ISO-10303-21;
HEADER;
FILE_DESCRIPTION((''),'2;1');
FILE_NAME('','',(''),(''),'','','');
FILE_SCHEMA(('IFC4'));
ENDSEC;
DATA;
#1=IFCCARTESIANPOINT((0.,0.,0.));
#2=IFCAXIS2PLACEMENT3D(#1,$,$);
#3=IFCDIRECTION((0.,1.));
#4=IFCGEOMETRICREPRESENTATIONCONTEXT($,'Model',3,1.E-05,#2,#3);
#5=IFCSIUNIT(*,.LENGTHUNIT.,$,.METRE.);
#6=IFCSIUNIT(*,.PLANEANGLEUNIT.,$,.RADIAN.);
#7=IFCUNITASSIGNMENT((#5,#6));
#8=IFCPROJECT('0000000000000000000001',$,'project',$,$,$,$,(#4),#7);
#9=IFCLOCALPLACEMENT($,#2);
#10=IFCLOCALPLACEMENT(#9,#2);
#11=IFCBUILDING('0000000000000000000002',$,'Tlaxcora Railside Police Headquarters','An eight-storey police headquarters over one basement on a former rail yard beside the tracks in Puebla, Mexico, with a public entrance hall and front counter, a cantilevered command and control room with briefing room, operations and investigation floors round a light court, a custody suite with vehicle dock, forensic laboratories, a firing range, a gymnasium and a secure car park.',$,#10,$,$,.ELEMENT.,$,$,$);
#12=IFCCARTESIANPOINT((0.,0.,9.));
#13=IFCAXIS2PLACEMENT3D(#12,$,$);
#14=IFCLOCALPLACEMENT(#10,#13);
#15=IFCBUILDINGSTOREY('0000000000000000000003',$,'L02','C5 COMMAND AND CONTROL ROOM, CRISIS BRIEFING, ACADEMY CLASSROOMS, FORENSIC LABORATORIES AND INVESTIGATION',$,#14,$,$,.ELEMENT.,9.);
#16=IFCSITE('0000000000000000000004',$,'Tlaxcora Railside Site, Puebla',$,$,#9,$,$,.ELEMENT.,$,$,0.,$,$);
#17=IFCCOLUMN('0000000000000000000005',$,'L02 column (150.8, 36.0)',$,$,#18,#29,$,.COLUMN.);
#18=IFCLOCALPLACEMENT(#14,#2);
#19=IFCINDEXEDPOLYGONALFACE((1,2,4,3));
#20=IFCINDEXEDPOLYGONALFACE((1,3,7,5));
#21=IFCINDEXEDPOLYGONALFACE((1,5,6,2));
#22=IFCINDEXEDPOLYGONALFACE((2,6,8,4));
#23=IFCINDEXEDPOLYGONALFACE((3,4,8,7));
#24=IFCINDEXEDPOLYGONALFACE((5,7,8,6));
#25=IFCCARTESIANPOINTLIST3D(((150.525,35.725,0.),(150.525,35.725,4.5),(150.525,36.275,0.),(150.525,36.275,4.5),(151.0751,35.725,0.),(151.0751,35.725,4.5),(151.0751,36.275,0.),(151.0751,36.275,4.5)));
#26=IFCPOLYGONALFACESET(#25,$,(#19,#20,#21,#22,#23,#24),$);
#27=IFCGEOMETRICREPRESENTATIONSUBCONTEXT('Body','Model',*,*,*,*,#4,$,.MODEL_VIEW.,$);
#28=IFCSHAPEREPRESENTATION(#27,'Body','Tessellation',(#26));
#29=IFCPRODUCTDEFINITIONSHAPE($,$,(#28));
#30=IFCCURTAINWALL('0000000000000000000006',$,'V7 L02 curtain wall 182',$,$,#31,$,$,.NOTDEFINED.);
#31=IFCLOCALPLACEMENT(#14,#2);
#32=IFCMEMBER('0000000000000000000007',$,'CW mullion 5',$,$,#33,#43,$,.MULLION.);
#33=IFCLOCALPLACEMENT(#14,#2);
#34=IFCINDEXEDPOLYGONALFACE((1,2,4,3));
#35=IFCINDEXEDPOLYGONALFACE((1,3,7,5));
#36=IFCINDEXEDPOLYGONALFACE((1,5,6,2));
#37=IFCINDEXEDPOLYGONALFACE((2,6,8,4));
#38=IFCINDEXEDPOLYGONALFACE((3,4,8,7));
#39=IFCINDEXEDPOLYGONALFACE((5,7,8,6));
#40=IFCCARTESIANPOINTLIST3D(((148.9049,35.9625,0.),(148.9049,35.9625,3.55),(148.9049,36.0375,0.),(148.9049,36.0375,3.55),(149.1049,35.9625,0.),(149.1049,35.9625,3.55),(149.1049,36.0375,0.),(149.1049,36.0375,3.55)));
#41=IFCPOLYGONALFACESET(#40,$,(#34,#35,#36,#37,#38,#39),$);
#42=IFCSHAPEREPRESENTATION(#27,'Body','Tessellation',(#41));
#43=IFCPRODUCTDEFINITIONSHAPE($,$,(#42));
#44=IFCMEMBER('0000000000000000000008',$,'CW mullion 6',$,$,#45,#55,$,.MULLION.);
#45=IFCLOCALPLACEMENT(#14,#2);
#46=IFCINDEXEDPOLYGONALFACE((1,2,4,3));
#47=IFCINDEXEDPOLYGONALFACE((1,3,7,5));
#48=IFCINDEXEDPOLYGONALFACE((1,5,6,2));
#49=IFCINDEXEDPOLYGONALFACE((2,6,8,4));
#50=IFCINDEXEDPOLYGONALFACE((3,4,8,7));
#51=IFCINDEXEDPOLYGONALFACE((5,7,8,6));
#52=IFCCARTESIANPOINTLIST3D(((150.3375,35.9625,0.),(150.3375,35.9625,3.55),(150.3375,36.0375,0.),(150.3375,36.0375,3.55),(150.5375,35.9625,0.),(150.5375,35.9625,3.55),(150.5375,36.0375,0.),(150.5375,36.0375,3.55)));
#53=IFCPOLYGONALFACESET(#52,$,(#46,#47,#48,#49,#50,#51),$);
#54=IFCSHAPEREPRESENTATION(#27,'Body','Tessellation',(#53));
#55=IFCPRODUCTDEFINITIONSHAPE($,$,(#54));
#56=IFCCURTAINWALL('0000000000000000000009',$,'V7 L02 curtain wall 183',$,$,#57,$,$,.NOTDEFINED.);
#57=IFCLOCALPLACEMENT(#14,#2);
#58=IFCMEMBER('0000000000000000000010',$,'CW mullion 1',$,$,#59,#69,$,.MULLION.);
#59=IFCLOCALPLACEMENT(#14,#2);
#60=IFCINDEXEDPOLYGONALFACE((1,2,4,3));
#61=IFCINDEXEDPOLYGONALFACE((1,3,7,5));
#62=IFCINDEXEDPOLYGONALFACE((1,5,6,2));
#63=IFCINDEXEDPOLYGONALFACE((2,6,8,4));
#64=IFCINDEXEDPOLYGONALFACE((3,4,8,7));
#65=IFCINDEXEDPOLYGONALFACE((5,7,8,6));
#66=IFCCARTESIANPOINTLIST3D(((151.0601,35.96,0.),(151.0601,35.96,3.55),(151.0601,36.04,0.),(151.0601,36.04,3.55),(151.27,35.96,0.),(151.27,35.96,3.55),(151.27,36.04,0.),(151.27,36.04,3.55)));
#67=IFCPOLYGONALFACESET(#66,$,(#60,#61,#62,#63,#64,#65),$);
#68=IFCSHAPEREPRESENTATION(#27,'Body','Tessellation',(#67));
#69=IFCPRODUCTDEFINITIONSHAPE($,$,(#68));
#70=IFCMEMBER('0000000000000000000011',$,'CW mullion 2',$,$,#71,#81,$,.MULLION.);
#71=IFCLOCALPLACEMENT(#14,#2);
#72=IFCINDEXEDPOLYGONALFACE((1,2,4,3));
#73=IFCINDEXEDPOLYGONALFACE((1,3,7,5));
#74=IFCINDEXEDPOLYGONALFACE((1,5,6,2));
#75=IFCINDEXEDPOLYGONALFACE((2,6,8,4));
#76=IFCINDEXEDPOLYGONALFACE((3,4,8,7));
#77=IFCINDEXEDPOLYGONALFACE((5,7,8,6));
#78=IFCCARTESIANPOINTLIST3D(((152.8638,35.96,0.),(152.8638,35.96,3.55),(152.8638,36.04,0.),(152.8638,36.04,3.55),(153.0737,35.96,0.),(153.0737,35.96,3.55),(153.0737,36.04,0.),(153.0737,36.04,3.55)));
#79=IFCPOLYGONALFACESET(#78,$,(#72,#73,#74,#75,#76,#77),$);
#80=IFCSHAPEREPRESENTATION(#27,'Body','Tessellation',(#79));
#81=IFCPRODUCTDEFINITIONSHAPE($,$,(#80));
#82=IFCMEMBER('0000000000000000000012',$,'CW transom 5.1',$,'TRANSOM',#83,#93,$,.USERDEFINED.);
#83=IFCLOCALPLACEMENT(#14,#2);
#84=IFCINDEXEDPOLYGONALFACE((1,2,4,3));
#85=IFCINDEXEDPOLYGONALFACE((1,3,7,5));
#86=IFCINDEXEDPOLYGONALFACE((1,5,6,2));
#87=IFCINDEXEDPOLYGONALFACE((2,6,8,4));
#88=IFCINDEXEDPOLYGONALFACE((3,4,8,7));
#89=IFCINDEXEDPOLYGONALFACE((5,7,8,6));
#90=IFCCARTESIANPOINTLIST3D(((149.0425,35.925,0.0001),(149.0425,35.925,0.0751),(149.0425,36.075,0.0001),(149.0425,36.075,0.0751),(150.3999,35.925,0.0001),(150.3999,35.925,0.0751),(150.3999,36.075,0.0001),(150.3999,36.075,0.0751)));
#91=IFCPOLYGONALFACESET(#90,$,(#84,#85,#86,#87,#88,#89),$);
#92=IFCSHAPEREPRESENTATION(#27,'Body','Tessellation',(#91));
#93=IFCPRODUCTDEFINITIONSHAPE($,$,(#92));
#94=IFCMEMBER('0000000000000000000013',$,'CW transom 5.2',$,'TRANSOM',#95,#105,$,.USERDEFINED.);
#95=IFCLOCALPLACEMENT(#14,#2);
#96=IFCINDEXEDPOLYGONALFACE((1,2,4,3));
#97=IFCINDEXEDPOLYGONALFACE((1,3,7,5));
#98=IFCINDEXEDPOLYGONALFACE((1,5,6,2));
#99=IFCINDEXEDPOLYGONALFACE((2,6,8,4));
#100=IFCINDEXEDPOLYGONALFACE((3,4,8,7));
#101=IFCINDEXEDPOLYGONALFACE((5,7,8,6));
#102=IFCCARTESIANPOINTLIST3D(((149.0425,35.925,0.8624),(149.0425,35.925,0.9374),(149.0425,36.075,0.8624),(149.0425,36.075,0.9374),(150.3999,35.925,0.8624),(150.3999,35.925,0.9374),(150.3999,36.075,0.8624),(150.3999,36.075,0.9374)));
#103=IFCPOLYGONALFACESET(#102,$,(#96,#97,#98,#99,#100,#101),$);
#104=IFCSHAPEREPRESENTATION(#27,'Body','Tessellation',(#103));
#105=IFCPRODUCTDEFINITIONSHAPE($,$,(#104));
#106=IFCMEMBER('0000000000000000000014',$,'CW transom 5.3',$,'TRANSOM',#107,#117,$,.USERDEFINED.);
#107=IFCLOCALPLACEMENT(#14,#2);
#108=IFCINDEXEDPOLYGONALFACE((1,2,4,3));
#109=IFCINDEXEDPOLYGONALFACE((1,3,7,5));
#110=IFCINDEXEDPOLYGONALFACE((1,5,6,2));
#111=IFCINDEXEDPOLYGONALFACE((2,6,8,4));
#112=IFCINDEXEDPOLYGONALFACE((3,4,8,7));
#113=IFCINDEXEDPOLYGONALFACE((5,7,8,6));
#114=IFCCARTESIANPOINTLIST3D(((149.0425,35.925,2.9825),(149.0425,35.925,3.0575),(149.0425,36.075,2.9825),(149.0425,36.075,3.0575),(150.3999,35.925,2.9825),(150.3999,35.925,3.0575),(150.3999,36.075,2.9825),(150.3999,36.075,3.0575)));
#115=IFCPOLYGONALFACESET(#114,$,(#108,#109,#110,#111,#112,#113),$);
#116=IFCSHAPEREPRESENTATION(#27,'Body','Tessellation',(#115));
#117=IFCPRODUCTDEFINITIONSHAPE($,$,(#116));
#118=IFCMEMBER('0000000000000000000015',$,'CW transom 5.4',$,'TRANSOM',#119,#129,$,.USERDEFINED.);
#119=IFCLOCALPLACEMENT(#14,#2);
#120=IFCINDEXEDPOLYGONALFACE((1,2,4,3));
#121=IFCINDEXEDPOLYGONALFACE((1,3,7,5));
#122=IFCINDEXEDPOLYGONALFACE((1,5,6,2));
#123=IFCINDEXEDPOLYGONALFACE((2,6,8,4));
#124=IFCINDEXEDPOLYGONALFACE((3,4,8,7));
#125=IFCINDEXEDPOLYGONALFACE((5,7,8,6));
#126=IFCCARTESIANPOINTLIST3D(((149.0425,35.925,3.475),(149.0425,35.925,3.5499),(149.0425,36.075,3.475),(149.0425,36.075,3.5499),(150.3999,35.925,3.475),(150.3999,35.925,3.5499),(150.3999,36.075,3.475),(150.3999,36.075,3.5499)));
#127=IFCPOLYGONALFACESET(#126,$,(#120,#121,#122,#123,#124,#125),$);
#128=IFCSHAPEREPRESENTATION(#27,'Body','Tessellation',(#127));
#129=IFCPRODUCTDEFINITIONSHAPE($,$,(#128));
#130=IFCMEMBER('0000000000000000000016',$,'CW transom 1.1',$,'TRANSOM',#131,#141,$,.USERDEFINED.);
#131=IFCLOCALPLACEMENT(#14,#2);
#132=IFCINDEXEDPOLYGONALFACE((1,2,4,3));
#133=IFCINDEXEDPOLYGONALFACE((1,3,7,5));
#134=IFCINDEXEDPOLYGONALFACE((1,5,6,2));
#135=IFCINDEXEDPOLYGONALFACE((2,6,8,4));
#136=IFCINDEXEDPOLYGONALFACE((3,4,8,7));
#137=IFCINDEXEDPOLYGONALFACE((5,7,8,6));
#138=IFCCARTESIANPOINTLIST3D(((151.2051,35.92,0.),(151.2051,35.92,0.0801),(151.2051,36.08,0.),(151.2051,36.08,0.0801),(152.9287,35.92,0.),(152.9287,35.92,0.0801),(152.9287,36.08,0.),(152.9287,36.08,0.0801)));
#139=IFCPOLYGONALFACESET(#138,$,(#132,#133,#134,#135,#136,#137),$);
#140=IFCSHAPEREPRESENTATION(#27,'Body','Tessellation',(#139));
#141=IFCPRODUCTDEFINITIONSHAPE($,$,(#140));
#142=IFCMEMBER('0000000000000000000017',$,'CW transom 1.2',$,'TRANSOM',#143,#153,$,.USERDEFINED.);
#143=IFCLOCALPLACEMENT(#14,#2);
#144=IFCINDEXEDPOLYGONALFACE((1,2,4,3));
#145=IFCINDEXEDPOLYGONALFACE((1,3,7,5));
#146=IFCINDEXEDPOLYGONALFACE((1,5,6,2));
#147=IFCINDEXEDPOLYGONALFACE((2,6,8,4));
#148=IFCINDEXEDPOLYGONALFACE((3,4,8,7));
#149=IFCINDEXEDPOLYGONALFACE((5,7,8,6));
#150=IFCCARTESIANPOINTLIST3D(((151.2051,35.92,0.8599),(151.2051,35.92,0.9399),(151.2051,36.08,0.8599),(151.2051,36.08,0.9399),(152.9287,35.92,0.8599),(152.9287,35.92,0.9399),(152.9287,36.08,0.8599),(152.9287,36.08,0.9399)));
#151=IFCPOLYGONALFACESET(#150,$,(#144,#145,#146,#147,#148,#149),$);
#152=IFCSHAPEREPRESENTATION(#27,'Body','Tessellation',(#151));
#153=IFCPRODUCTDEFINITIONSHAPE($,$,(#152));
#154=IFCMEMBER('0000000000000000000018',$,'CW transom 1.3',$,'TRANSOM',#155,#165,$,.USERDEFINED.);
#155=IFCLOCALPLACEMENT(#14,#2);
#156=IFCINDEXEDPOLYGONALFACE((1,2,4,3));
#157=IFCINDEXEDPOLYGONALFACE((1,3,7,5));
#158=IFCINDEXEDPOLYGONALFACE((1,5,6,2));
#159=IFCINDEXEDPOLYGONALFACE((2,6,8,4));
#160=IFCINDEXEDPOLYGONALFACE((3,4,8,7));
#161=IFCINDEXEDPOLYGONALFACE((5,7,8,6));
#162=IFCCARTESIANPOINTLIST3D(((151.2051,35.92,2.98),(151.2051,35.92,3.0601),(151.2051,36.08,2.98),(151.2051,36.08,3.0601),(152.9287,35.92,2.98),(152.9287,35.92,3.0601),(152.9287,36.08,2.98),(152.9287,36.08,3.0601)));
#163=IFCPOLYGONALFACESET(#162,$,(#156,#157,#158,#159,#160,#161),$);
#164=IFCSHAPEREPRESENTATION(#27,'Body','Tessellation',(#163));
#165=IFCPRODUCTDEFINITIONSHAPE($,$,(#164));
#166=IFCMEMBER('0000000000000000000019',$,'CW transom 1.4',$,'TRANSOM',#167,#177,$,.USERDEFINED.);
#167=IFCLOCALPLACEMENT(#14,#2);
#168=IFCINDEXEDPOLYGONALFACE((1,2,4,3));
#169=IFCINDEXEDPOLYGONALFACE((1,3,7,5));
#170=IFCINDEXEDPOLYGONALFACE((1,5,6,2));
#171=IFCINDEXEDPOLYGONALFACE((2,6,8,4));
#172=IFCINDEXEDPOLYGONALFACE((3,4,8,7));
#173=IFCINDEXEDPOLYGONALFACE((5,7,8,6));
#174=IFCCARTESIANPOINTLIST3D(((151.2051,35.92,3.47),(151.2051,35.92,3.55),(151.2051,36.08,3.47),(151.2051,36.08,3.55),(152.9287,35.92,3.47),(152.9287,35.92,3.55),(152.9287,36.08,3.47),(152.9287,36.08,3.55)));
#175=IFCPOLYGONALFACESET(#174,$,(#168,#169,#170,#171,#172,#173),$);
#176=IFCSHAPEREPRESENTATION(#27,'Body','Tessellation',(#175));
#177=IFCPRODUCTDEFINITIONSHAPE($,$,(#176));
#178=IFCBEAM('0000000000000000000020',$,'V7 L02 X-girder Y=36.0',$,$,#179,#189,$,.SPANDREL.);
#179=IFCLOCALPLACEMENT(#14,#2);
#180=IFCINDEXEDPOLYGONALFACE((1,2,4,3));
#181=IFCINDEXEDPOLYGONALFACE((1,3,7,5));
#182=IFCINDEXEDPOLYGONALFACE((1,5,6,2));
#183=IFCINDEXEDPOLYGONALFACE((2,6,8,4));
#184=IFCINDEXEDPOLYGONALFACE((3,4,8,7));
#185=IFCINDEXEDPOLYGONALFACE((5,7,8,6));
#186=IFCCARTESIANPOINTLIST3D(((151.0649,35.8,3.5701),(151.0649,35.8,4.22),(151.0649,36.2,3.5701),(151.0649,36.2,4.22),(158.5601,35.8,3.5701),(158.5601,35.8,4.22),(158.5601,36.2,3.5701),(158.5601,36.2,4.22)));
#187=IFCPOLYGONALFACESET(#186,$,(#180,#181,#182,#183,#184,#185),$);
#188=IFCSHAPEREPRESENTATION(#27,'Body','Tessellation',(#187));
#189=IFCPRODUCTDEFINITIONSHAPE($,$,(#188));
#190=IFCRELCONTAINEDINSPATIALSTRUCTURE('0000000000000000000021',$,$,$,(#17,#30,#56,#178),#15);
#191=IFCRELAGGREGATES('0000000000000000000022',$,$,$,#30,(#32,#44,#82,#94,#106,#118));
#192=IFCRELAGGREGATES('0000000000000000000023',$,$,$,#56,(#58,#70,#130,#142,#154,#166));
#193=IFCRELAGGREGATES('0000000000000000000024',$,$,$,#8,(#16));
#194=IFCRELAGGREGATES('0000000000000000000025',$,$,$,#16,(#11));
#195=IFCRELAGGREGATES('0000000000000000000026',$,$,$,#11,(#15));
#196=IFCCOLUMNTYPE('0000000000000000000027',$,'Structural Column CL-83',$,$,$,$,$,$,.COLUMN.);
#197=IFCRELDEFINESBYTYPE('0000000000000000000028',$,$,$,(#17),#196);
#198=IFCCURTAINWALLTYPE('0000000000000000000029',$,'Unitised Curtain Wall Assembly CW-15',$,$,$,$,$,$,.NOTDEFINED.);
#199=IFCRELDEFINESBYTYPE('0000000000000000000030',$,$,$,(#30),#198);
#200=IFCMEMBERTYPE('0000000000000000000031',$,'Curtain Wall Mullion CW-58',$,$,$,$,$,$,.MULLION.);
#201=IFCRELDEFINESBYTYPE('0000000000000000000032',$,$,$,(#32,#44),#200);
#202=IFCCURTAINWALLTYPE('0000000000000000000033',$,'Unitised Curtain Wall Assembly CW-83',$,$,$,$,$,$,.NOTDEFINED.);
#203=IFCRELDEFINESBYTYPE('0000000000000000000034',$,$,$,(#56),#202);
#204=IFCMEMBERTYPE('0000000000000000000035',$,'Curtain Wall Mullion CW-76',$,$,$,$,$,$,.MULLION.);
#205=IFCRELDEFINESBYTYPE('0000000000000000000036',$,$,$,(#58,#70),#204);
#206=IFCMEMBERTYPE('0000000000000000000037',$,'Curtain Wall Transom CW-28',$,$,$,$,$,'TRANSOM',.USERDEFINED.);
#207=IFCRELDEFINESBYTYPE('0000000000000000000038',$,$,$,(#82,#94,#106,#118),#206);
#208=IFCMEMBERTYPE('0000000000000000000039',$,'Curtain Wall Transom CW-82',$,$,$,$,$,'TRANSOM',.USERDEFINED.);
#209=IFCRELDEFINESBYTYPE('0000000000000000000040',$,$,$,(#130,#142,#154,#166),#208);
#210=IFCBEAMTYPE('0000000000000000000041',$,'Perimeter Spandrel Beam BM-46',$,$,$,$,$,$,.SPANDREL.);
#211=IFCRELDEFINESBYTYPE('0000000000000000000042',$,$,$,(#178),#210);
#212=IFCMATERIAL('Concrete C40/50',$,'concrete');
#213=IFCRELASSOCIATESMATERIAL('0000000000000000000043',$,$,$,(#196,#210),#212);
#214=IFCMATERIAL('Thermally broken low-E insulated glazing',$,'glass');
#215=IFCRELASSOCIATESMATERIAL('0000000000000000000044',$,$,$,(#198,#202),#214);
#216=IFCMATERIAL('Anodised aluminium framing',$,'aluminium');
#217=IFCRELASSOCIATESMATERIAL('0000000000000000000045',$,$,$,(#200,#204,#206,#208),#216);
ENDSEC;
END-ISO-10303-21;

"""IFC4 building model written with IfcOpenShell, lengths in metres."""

from ifc_helpers import new_model, si_unit, direction, frame, origin, origin_2d, place, context, subcontext, project, spatial, rectangle, extrude, material, material_profile, profile_set, type_object, element, aggregate, save


model = new_model("IFC4")

# Units and contexts
model_context = context("Model", 3, precision=1e-05, world=origin(), true_north=direction((0.0, 1.0)))
body_context = subcontext(model_context, "Body", "Model", "MODEL_VIEW")
ifc_project = project(units=[si_unit("LENGTHUNIT", "METRE"), si_unit("PLANEANGLEUNIT", "RADIAN")], contexts=[model_context])

# Site, building, storey
site_placement = place(None, origin())
site = spatial("IfcSite", under=ifc_project, at=site_placement, Name="Tlaxcora Railside Site, Puebla", CompositionType="ELEMENT", RefElevation=0.0)
building_placement = place(site_placement, origin())
building = spatial("IfcBuilding", under=site, at=building_placement, Name="Tlaxcora Railside Police Headquarters", Description="An eight-storey police headquarters over one basement on a former rail yard beside the tracks in Puebla, Mexico, with a public entrance hall and front counter, a cantilevered command and control room with briefing room, operations and investigation floors round a light court, a custody suite with vehicle dock, forensic laboratories, a firing range, a gymnasium and a secure car park.", CompositionType="ELEMENT")
storey_placement = place(building_placement, frame((0.0, 0.0, 9.0)))
storey = spatial("IfcBuildingStorey", under=building, at=storey_placement, Name="L02", Description="C5 COMMAND AND CONTROL ROOM, CRISIS BRIEFING, ACADEMY CLASSROOMS, FORENSIC LABORATORIES AND INVESTIGATION", CompositionType="ELEMENT", Elevation=9.0)

# Column
ifc_material_1 = material(Name="Concrete C40/50", Category="concrete")
ifc_material_profile_1 = material_profile(ifc_material_1, rectangle(XDim=0.55, YDim=0.55, at=origin_2d()), Name="RC550X550")
ifc_profile_set_1 = profile_set([ifc_material_profile_1], Name="Concrete C40/50")
column_type = type_object("IfcColumnType", Name="Structural Column CL-83", PredefinedType="COLUMN", material=ifc_profile_set_1)
column_placement = place(storey_placement, frame((150.8, 36.0, 0.0), z_axis=(0.0, 0.0, 1.0), x_axis=(1.0, 0.0, 0.0)))
element("IfcColumn", 1, at=column_placement, inside=storey, type_object=column_type, Name="L02 column (150.8, 36.0)", PredefinedType="COLUMN", context=body_context, shape_type="SweptSolid", body=[
    extrude(rectangle(XDim=0.55, YDim=0.55, at=origin_2d()), origin(), (0.0, 0.0, 1.0), 4.5),
])

# Curtain walls, members
ifc_material_2 = material(Name="Thermally broken low-E insulated glazing", Category="glass")
curtain_wall_type_1 = type_object("IfcCurtainWallType", Name="Unitised Curtain Wall Assembly CW-15", PredefinedType="NOTDEFINED", material=ifc_material_2)
curtain_wall_1_placement = place(storey_placement, origin())
curtain_wall_1 = element("IfcCurtainWall", 2, at=curtain_wall_1_placement, inside=storey, type_object=curtain_wall_type_1, Name="V7 L02 curtain wall 182", PredefinedType="NOTDEFINED")
ifc_material_3 = material(Name="Anodised aluminium framing", Category="aluminium")
ifc_material_profile_2 = material_profile(ifc_material_3, rectangle(XDim=0.075, YDim=0.2, at=origin_2d()), Name="AL75X200")
ifc_profile_set_2 = profile_set([ifc_material_profile_2], Name="Anodised aluminium framing")
member_type_1 = type_object("IfcMemberType", Name="Curtain Wall Mullion CW-58", PredefinedType="MULLION", material=ifc_profile_set_2)
member_1_placement = place(storey_placement, frame((149.0049, 36.0, 0.0), z_axis=(0.0, 0.0, 1.0), x_axis=(0.0, 1.0, 0.0)))
member_1 = element("IfcMember", 3, at=member_1_placement, type_object=member_type_1, Name="CW mullion 5", PredefinedType="MULLION", context=body_context, shape_type="SweptSolid", body=[
    extrude(rectangle(XDim=0.075, YDim=0.2, at=origin_2d()), origin(), (0.0, 0.0, 1.0), 3.55),
])
member_2_placement = place(storey_placement, frame((150.4375, 36.0, 0.0), z_axis=(0.0, 0.0, 1.0), x_axis=(0.0, 1.0, 0.0)))
member_2 = element("IfcMember", 4, at=member_2_placement, type_object=member_type_1, Name="CW mullion 6", PredefinedType="MULLION", context=body_context, shape_type="SweptSolid", body=[
    extrude(rectangle(XDim=0.075, YDim=0.2, at=origin_2d()), origin(), (0.0, 0.0, 1.0), 3.55),
])
curtain_wall_type_2 = type_object("IfcCurtainWallType", Name="Unitised Curtain Wall Assembly CW-83", PredefinedType="NOTDEFINED", material=ifc_material_2)
curtain_wall_2_placement = place(storey_placement, origin())
curtain_wall_2 = element("IfcCurtainWall", 5, at=curtain_wall_2_placement, inside=storey, type_object=curtain_wall_type_2, Name="V7 L02 curtain wall 183", PredefinedType="NOTDEFINED")
ifc_material_profile_3 = material_profile(ifc_material_3, rectangle(XDim=0.0801, YDim=0.21, at=origin_2d()), Name="AL80X210")
ifc_profile_set_3 = profile_set([ifc_material_profile_3], Name="Anodised aluminium framing")
member_type_2 = type_object("IfcMemberType", Name="Curtain Wall Mullion CW-76", PredefinedType="MULLION", material=ifc_profile_set_3)
member_3_placement = place(storey_placement, frame((151.165, 36.0, 0.0), z_axis=(0.0, 0.0, 1.0), x_axis=(0.0, 1.0, 0.0)))
member_3 = element("IfcMember", 6, at=member_3_placement, type_object=member_type_2, Name="CW mullion 1", PredefinedType="MULLION", context=body_context, shape_type="SweptSolid", body=[
    extrude(rectangle(XDim=0.0801, YDim=0.21, at=origin_2d()), origin(), (0.0, 0.0, 1.0), 3.55),
])
member_4_placement = place(storey_placement, frame((152.9688, 36.0, 0.0), z_axis=(0.0, 0.0, 1.0), x_axis=(0.0, 1.0, 0.0)))
member_4 = element("IfcMember", 7, at=member_4_placement, type_object=member_type_2, Name="CW mullion 2", PredefinedType="MULLION", context=body_context, shape_type="SweptSolid", body=[
    extrude(rectangle(XDim=0.0801, YDim=0.21, at=origin_2d()), origin(), (0.0, 0.0, 1.0), 3.55),
])

# Members
ifc_material_profile_4 = material_profile(ifc_material_3, rectangle(XDim=0.1499, YDim=0.075, at=origin_2d()), Name="AL75X150")
ifc_profile_set_4 = profile_set([ifc_material_profile_4], Name="Anodised aluminium framing")
member_type_3 = type_object("IfcMemberType", Name="Curtain Wall Transom CW-28", ElementType="TRANSOM", PredefinedType="USERDEFINED", material=ifc_profile_set_4)
member_5_placement = place(storey_placement, frame((149.0425, 36.0, 0.0376), z_axis=(1.0, 0.0, 0.0), x_axis=(0.0, 1.0, 0.0)))
member_5 = element("IfcMember", 8, at=member_5_placement, type_object=member_type_3, Name="CW transom 5.1", ObjectType="TRANSOM", PredefinedType="USERDEFINED", context=body_context, shape_type="SweptSolid", body=[
    extrude(rectangle(XDim=0.1499, YDim=0.075, at=origin_2d()), origin(), (0.0, 0.0, 1.0), 1.3574),
])
member_6_placement = place(storey_placement, frame((149.0425, 36.0, 0.8999), z_axis=(1.0, 0.0, 0.0), x_axis=(0.0, 1.0, 0.0)))
member_6 = element("IfcMember", 9, at=member_6_placement, type_object=member_type_3, Name="CW transom 5.2", ObjectType="TRANSOM", PredefinedType="USERDEFINED", context=body_context, shape_type="SweptSolid", body=[
    extrude(rectangle(XDim=0.1499, YDim=0.075, at=origin_2d()), origin(), (0.0, 0.0, 1.0), 1.3574),
])
member_7_placement = place(storey_placement, frame((149.0425, 36.0, 3.02), z_axis=(1.0, 0.0, 0.0), x_axis=(0.0, 1.0, 0.0)))
member_7 = element("IfcMember", 10, at=member_7_placement, type_object=member_type_3, Name="CW transom 5.3", ObjectType="TRANSOM", PredefinedType="USERDEFINED", context=body_context, shape_type="SweptSolid", body=[
    extrude(rectangle(XDim=0.1499, YDim=0.075, at=origin_2d()), origin(), (0.0, 0.0, 1.0), 1.3574),
])
member_8_placement = place(storey_placement, frame((149.0425, 36.0, 3.5125), z_axis=(1.0, 0.0, 0.0), x_axis=(0.0, 1.0, 0.0)))
member_8 = element("IfcMember", 11, at=member_8_placement, type_object=member_type_3, Name="CW transom 5.4", ObjectType="TRANSOM", PredefinedType="USERDEFINED", context=body_context, shape_type="SweptSolid", body=[
    extrude(rectangle(XDim=0.1499, YDim=0.075, at=origin_2d()), origin(), (0.0, 0.0, 1.0), 1.3574),
])
ifc_material_profile_5 = material_profile(ifc_material_3, rectangle(XDim=0.1599, YDim=0.0801, at=origin_2d()), Name="AL80X160")
ifc_profile_set_5 = profile_set([ifc_material_profile_5], Name="Anodised aluminium framing")
member_type_4 = type_object("IfcMemberType", Name="Curtain Wall Transom CW-82", ElementType="TRANSOM", PredefinedType="USERDEFINED", material=ifc_profile_set_5)
member_9_placement = place(storey_placement, frame((151.2051, 36.0, 0.04), z_axis=(1.0, 0.0, 0.0), x_axis=(0.0, 1.0, 0.0)))
member_9 = element("IfcMember", 12, at=member_9_placement, type_object=member_type_4, Name="CW transom 1.1", ObjectType="TRANSOM", PredefinedType="USERDEFINED", context=body_context, shape_type="SweptSolid", body=[
    extrude(rectangle(XDim=0.1599, YDim=0.0801, at=origin_2d()), origin(), (0.0, 0.0, 1.0), 1.7236),
])
member_10_placement = place(storey_placement, frame((151.2051, 36.0, 0.8999), z_axis=(1.0, 0.0, 0.0), x_axis=(0.0, 1.0, 0.0)))
member_10 = element("IfcMember", 13, at=member_10_placement, type_object=member_type_4, Name="CW transom 1.2", ObjectType="TRANSOM", PredefinedType="USERDEFINED", context=body_context, shape_type="SweptSolid", body=[
    extrude(rectangle(XDim=0.1599, YDim=0.0801, at=origin_2d()), origin(), (0.0, 0.0, 1.0), 1.7236),
])
member_11_placement = place(storey_placement, frame((151.2051, 36.0, 3.02), z_axis=(1.0, 0.0, 0.0), x_axis=(0.0, 1.0, 0.0)))
member_11 = element("IfcMember", 14, at=member_11_placement, type_object=member_type_4, Name="CW transom 1.3", ObjectType="TRANSOM", PredefinedType="USERDEFINED", context=body_context, shape_type="SweptSolid", body=[
    extrude(rectangle(XDim=0.1599, YDim=0.0801, at=origin_2d()), origin(), (0.0, 0.0, 1.0), 1.7236),
])
member_12_placement = place(storey_placement, frame((151.2051, 36.0, 3.51), z_axis=(1.0, 0.0, 0.0), x_axis=(0.0, 1.0, 0.0)))
member_12 = element("IfcMember", 15, at=member_12_placement, type_object=member_type_4, Name="CW transom 1.4", ObjectType="TRANSOM", PredefinedType="USERDEFINED", context=body_context, shape_type="SweptSolid", body=[
    extrude(rectangle(XDim=0.1599, YDim=0.0801, at=origin_2d()), origin(), (0.0, 0.0, 1.0), 1.7236),
])

# Beam
ifc_material_profile_6 = material_profile(ifc_material_1, rectangle(XDim=0.3999, YDim=0.6499, at=origin_2d()), Name="RC400X650")
ifc_profile_set_6 = profile_set([ifc_material_profile_6], Name="Concrete C40/50")
beam_type = type_object("IfcBeamType", Name="Perimeter Spandrel Beam BM-46", PredefinedType="SPANDREL", material=ifc_profile_set_6)
beam_placement = place(storey_placement, frame((151.0649, 36.0, 3.895), z_axis=(1.0, 0.0, 0.0), x_axis=(0.0, 1.0, 0.0)))
element("IfcBeam", 16, at=beam_placement, inside=storey, type_object=beam_type, Name="V7 L02 X-girder Y=36.0", PredefinedType="SPANDREL", context=body_context, shape_type="SweptSolid", body=[
    extrude(rectangle(XDim=0.3999, YDim=0.6499, at=origin_2d()), origin(), (0.0, 0.0, 1.0), 7.4951),
])

aggregate(curtain_wall_1, [member_1, member_2, member_5, member_6, member_7, member_8])
aggregate(curtain_wall_2, [member_3, member_4, member_9, member_10, member_11, member_12])

save(model, "model.ifc")
